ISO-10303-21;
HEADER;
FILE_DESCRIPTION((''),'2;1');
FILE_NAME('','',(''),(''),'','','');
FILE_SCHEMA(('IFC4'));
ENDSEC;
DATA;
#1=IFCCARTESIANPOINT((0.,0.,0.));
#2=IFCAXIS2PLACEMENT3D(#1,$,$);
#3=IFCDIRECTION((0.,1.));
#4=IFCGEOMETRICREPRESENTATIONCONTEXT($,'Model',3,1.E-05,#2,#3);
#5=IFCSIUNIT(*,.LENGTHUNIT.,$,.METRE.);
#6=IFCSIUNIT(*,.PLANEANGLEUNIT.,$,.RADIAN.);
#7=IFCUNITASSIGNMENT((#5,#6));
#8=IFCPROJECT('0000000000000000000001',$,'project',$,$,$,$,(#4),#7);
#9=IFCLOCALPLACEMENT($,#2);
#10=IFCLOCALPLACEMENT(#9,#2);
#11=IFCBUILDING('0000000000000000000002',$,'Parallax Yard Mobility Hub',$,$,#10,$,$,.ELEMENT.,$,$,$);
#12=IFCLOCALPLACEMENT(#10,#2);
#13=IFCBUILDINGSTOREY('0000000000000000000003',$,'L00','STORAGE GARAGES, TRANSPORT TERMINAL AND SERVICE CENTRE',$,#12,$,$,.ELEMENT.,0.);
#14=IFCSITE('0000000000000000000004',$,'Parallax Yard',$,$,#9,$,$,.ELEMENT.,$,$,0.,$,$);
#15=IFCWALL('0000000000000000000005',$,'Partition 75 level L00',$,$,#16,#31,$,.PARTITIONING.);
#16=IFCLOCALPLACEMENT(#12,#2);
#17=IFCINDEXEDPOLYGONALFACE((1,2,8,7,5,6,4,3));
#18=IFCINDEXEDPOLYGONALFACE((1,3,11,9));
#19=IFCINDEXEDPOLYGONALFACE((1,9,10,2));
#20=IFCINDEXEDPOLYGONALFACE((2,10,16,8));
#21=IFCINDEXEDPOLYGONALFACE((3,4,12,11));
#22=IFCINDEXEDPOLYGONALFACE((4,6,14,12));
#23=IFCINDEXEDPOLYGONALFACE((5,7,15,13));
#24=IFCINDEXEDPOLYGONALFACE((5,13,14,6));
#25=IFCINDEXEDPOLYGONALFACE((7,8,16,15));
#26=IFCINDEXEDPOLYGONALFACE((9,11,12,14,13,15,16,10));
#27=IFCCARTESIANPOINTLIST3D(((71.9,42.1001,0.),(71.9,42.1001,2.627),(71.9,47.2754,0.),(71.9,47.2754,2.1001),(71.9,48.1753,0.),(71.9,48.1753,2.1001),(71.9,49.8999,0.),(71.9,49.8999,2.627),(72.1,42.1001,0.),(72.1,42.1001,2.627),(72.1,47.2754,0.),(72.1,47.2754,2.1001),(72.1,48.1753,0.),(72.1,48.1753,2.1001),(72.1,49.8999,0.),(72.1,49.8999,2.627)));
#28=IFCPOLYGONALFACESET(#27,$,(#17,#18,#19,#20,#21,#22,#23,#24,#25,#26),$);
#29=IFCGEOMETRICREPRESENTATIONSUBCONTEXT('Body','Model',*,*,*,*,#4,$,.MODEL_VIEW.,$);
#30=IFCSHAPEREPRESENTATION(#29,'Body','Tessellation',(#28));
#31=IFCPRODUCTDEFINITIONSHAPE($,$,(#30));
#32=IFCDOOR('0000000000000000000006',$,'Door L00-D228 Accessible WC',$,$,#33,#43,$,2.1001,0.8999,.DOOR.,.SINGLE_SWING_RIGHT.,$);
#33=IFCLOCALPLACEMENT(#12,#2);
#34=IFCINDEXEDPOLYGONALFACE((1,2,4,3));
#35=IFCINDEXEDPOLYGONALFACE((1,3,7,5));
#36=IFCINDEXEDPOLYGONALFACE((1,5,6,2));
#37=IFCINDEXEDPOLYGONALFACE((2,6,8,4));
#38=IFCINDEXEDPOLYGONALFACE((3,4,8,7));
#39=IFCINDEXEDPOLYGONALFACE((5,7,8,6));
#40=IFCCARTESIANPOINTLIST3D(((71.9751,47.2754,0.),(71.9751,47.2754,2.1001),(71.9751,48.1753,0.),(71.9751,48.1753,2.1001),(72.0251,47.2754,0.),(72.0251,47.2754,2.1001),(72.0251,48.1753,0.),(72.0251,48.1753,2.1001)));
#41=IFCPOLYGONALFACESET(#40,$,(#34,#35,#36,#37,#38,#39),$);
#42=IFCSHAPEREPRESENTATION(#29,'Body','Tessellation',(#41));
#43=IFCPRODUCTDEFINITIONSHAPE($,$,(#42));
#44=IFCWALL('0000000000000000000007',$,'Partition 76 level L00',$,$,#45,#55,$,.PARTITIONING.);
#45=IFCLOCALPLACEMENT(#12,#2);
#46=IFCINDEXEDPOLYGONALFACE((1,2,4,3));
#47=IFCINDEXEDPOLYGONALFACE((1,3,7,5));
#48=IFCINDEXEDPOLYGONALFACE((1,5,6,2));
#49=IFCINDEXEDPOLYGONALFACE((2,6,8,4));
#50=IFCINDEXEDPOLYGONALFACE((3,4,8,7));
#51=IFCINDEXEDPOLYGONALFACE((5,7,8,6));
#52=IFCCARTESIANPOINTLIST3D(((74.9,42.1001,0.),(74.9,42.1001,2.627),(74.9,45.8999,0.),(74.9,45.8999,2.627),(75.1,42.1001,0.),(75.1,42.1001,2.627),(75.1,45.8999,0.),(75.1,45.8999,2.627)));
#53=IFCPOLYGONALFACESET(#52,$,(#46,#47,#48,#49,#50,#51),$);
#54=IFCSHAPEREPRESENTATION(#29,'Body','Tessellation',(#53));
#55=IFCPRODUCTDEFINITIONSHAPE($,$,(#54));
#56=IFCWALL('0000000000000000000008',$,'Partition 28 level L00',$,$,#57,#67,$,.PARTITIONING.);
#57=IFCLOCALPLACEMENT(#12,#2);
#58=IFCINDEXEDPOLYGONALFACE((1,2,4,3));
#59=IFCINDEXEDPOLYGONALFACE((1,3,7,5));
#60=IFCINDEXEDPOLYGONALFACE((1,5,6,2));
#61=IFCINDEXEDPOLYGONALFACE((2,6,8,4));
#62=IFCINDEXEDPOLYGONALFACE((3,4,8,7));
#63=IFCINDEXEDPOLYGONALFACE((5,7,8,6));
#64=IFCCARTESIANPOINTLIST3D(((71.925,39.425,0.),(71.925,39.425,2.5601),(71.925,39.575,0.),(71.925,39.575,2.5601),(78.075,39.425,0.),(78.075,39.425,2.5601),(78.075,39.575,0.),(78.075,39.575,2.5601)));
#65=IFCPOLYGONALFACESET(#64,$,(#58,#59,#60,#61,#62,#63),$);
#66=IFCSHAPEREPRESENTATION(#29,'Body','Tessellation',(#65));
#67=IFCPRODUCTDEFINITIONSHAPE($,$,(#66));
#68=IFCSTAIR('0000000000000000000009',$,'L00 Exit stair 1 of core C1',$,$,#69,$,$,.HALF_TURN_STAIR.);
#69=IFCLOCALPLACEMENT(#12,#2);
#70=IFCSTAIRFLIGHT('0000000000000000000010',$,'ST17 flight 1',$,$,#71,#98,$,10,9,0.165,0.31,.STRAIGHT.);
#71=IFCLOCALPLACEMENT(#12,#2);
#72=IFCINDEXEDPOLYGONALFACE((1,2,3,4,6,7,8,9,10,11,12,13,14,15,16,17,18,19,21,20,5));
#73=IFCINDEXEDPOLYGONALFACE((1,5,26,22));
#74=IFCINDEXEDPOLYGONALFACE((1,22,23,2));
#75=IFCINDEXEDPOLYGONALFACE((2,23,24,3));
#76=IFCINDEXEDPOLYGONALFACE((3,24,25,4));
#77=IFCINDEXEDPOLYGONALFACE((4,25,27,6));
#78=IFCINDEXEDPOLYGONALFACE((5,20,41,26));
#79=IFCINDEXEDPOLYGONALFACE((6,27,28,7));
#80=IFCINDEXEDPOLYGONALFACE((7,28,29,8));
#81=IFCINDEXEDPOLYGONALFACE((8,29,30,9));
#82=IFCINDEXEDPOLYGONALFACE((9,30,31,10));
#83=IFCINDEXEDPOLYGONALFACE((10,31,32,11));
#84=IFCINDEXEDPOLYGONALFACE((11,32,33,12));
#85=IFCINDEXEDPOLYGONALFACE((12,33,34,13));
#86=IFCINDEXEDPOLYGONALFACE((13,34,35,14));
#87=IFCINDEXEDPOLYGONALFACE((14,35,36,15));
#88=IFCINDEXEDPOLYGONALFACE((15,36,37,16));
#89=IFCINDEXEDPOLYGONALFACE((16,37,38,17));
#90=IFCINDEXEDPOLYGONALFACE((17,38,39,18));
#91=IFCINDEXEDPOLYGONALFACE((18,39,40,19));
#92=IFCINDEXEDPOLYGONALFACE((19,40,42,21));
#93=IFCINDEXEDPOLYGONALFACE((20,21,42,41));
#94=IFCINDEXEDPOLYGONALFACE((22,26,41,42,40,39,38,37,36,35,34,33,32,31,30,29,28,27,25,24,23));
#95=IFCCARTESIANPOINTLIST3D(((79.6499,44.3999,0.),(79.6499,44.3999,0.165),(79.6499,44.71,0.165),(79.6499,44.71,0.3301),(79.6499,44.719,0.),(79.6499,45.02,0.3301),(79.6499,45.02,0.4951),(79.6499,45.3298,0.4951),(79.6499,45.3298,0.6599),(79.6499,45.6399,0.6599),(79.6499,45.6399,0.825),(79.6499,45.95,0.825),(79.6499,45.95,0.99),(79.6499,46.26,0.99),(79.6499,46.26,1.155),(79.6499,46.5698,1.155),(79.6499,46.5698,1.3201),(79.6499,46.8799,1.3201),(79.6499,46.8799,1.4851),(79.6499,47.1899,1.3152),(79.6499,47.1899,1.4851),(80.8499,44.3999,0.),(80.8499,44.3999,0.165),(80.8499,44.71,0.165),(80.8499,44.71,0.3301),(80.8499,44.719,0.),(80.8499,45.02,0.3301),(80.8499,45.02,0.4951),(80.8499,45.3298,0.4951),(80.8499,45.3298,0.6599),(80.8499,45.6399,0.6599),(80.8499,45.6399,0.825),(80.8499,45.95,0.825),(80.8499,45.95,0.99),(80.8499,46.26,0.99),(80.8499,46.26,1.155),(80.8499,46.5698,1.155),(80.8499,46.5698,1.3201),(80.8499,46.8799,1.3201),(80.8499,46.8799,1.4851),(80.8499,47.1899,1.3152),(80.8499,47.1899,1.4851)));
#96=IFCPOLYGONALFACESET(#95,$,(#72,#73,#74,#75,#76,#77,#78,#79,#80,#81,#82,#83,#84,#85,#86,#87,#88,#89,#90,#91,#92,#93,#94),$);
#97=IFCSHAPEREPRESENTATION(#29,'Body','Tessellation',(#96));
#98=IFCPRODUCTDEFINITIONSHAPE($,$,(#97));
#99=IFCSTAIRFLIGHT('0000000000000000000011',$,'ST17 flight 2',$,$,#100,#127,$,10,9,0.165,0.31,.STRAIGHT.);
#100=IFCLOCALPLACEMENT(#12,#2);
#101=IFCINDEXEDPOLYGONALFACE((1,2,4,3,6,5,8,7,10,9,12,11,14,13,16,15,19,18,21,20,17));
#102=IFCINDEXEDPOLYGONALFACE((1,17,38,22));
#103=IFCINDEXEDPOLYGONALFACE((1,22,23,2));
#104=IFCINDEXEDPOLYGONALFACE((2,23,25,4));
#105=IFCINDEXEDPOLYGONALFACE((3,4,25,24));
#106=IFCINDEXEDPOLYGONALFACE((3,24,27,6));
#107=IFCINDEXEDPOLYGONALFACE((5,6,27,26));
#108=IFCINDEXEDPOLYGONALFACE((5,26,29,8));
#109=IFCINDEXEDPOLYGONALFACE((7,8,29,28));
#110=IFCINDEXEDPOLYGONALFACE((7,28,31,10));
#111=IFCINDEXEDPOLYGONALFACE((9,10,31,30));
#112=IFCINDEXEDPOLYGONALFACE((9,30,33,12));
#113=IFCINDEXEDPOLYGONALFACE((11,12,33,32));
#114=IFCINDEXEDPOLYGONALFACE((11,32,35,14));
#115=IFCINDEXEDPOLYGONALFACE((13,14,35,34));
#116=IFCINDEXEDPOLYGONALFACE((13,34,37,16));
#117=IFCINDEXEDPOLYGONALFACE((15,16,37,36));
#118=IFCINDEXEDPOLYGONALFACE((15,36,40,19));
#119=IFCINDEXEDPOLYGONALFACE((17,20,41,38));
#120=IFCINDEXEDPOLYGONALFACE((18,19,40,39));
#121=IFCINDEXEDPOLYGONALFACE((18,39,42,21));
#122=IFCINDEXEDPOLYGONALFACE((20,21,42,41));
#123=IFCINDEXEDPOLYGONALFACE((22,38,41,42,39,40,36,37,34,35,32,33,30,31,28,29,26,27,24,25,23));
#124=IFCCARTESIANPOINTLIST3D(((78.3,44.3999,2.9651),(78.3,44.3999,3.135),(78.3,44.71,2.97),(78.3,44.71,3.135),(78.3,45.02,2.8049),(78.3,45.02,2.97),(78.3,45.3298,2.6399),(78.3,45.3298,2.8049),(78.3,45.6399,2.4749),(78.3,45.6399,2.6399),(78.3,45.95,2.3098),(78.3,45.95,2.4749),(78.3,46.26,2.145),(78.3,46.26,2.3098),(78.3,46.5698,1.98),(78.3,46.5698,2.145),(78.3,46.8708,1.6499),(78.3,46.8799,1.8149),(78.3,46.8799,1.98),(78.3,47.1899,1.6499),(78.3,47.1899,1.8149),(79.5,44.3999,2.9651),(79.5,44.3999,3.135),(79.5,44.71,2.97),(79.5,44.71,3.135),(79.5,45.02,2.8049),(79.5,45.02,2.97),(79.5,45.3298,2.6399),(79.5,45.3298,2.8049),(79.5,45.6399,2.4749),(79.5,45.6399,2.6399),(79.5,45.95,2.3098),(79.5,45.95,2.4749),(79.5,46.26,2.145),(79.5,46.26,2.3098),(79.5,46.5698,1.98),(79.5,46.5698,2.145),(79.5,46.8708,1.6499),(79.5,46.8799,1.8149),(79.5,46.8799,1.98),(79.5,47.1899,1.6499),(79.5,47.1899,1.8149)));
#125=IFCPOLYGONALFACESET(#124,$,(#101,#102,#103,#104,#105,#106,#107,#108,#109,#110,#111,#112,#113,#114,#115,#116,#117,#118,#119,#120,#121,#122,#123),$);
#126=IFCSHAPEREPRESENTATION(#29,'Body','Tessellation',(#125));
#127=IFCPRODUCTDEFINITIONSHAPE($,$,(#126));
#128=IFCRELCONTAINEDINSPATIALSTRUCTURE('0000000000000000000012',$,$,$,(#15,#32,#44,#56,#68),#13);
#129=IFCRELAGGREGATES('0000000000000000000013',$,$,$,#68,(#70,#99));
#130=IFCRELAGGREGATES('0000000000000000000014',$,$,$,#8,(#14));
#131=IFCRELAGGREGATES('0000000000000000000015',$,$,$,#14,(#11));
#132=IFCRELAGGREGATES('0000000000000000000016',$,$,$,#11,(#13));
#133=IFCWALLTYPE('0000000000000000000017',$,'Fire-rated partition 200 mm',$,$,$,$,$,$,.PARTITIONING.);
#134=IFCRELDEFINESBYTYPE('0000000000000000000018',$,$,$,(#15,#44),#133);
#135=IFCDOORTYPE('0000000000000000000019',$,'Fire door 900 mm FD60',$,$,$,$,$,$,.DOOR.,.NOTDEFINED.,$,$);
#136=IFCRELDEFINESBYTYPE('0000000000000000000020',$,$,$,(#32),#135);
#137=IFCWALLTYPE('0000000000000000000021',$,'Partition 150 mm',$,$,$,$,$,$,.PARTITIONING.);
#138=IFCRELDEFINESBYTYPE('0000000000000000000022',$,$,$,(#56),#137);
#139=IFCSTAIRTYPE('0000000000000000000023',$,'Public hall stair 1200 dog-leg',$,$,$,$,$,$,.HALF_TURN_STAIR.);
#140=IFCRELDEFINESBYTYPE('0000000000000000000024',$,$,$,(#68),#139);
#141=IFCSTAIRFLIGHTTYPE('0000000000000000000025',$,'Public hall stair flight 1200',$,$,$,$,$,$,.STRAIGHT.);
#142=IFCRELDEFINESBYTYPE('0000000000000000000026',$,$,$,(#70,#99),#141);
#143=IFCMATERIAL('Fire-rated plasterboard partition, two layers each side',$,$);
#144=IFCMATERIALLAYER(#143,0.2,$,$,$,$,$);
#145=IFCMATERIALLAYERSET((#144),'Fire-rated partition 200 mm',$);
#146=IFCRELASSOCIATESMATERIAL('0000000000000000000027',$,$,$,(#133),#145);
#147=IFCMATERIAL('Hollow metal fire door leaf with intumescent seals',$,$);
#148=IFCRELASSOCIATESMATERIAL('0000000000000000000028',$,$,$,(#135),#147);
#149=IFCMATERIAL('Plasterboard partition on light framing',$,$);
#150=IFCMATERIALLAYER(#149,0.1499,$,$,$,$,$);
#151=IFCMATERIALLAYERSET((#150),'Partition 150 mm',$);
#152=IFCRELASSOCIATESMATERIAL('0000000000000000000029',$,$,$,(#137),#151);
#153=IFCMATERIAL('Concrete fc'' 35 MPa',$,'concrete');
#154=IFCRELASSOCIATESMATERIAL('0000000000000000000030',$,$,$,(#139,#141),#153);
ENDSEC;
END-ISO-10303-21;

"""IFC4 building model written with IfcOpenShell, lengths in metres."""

from ifc_helpers import new_model, si_unit, direction, frame, frame_2d, origin, place, context, subcontext, project, spatial, polyline, rectangle, outline, extrude, material, layer, layer_set, type_object, element, fill, aggregate, save


model = new_model("IFC4")

# Units and contexts
model_context = context("Model", 3, precision=1e-05, world=origin(), true_north=direction((0.0, 1.0)))
body_context = subcontext(model_context, "Body", "Model", "MODEL_VIEW")
ifc_project = project(units=[si_unit("LENGTHUNIT", "METRE"), si_unit("PLANEANGLEUNIT", "RADIAN")], contexts=[model_context])

# Site, building, storey
site_placement = place(None, origin())
site = spatial("IfcSite", under=ifc_project, at=site_placement, Name="Parallax Yard", CompositionType="ELEMENT", RefElevation=0.0)
building_placement = place(site_placement, origin())
building = spatial("IfcBuilding", under=site, at=building_placement, Name="Parallax Yard Mobility Hub", CompositionType="ELEMENT")
storey_placement = place(building_placement, origin())
storey = spatial("IfcBuildingStorey", under=building, at=storey_placement, Name="L00", Description="STORAGE GARAGES, TRANSPORT TERMINAL AND SERVICE CENTRE", CompositionType="ELEMENT", Elevation=0.0)

# Shared definitions
ifc_material_1 = material(Name="Concrete fc' 35 MPa", Category="concrete")

# Shared definitions
ifc_material_2 = material(Name="Fire-rated plasterboard partition, two layers each side")
ifc_layer_1 = layer(ifc_material_2, 0.2)
ifc_layer_set_1 = layer_set([ifc_layer_1], Name="Fire-rated partition 200 mm")
wall_type_1 = type_object("IfcWallType", Name="Fire-rated partition 200 mm", PredefinedType="PARTITIONING", material=ifc_layer_set_1)
ifc_material_3 = material(Name="Hollow metal fire door leaf with intumescent seals")
door_type_1 = type_object("IfcDoorType", Name="Fire door 900 mm FD60", OperationType="NOTDEFINED", PredefinedType="DOOR", material=ifc_material_3)

# Wall, opening, door
wall_1_placement = place(storey_placement, frame((72.0, 42.1001, 0.0), z_axis=(0.0, 0.0, 1.0), x_axis=(0.0, 1.0, 0.0)))
wall_1 = element("IfcWall", 1, at=wall_1_placement, inside=storey, type_object=wall_type_1, Name="Partition 75 level L00", PredefinedType="PARTITIONING", context=body_context, shape_type="SweptSolid", body=[
    extrude(rectangle(XDim=7.7998, YDim=0.2, at=frame_2d((3.8999, 0.0))), origin(), (0.0, 0.0, 1.0), 2.627),
])
opening_1_placement = place(wall_1_placement, frame((5.1753, 0.0, 0.0)))
opening_1 = element("IfcOpeningElement", 2, at=opening_1_placement, cuts=wall_1, PredefinedType="OPENING", context=body_context, shape_type="SweptSolid", body=[
    extrude(rectangle(XDim=0.8999, YDim=2.1001, at=frame_2d((0.45, 1.05))), frame((0.0, 0.1099, 0.0), z_axis=(0.0, -1.0, 0.0), x_axis=(1.0, 0.0, 0.0)), (0.0, 0.0, 1.0), 0.22),
])
door_1_placement = place(opening_1_placement, origin())
door_1 = element("IfcDoor", 3, at=door_1_placement, inside=storey, type_object=door_type_1, Name="Door L00-D228 Accessible WC", OperationType="SINGLE_SWING_RIGHT", OverallHeight=2.1001, OverallWidth=0.8999, PredefinedType="DOOR", context=body_context, shape_type="SweptSolid", body=[
    extrude(rectangle(XDim=0.8999, YDim=2.1001, at=frame_2d((0.45, 1.05))), frame((0.0, 0.0249, 0.0), z_axis=(0.0, -1.0, 0.0), x_axis=(1.0, 0.0, 0.0)), (0.0, 0.0, 1.0), 0.05),
])
fill(opening_1, door_1)

# Walls
wall_2_placement = place(storey_placement, frame((75.0, 42.1001, 0.0), z_axis=(0.0, 0.0, 1.0), x_axis=(0.0, 1.0, 0.0)))
element("IfcWall", 4, at=wall_2_placement, inside=storey, type_object=wall_type_1, Name="Partition 76 level L00", PredefinedType="PARTITIONING", context=body_context, shape_type="SweptSolid", body=[
    extrude(rectangle(XDim=3.7998, YDim=0.2, at=frame_2d((1.8999, 0.0))), origin(), (0.0, 0.0, 1.0), 2.627),
])
ifc_material_4 = material(Name="Plasterboard partition on light framing")
ifc_layer_2 = layer(ifc_material_4, 0.1499)
ifc_layer_set_2 = layer_set([ifc_layer_2], Name="Partition 150 mm")
wall_type_2 = type_object("IfcWallType", Name="Partition 150 mm", PredefinedType="PARTITIONING", material=ifc_layer_set_2)
wall_3_placement = place(storey_placement, frame((71.925, 39.5, 0.0), z_axis=(0.0, 0.0, 1.0), x_axis=(1.0, 0.0, 0.0)))
element("IfcWall", 5, at=wall_3_placement, inside=storey, type_object=wall_type_2, Name="Partition 28 level L00", PredefinedType="PARTITIONING", context=body_context, shape_type="SweptSolid", body=[
    extrude(rectangle(XDim=6.1499, YDim=0.1499, at=frame_2d((3.075, 0.0))), origin(), (0.0, 0.0, 1.0), 2.5601),
])

# Stair, stair flights
stair_type = type_object("IfcStairType", Name="Public hall stair 1200 dog-leg", PredefinedType="HALF_TURN_STAIR", material=ifc_material_1)
stair_placement = place(storey_placement, origin())
stair = element("IfcStair", 6, at=stair_placement, inside=storey, type_object=stair_type, Name="L00 Exit stair 1 of core C1", PredefinedType="HALF_TURN_STAIR")
stair_flight_type = type_object("IfcStairFlightType", Name="Public hall stair flight 1200", PredefinedType="STRAIGHT", material=ifc_material_1)
stair_flight_1_placement = place(storey_placement, frame((80.25, 44.3999, 0.0), z_axis=(0.0, 0.0, 1.0), x_axis=(0.0, 1.0, 0.0)))
stair_flight_1 = element("IfcStairFlight", 7, at=stair_flight_1_placement, type_object=stair_flight_type, Name="ST17 flight 1", NumberOfRisers=10, NumberOfTreads=9, PredefinedType="STRAIGHT", RiserHeight=0.165, TreadLength=0.31, context=body_context, shape_type="SweptSolid", body=[
    extrude(outline(polyline([(0.0, 0.0), (0.0, 0.165), (0.3101, 0.165), (0.3101, 0.3301), (0.6201, 0.3301), (0.6201, 0.4951), (0.9299, 0.4951), (0.9299, 0.6599), (1.24, 0.6599), (1.24, 0.825), (1.55, 0.825), (1.55, 0.99), (1.8601, 0.99), (1.8601, 1.155), (2.1699, 1.155), (2.1699, 1.3201), (2.48, 1.3201), (2.48, 1.4851), (2.79, 1.4851), (2.79, 1.6499), (2.79, 1.3152), (0.3191, 0.0), (0.0, 0.0)])), frame((0.0, 0.6001, 0.0), z_axis=(0.0, -1.0, 0.0), x_axis=(1.0, 0.0, 0.0)), (0.0, 0.0, 1.0), 1.2),
])
stair_flight_2_placement = place(storey_placement, frame((78.8999, 47.1899, 1.6499), z_axis=(0.0, 0.0, 1.0), x_axis=(0.0, -1.0, 0.0)))
stair_flight_2 = element("IfcStairFlight", 8, at=stair_flight_2_placement, type_object=stair_flight_type, Name="ST17 flight 2", NumberOfRisers=10, NumberOfTreads=9, PredefinedType="STRAIGHT", RiserHeight=0.165, TreadLength=0.31, context=body_context, shape_type="SweptSolid", body=[
    extrude(outline(polyline([(0.0, 0.0), (0.0, 0.165), (0.3101, 0.165), (0.3101, 0.3301), (0.6201, 0.3301), (0.6201, 0.4951), (0.9299, 0.4951), (0.9299, 0.6599), (1.24, 0.6599), (1.24, 0.825), (1.55, 0.825), (1.55, 0.99), (1.8601, 0.99), (1.8601, 1.155), (2.1699, 1.155), (2.1699, 1.3201), (2.48, 1.3201), (2.48, 1.4851), (2.79, 1.4851), (2.79, 1.6499), (2.79, 1.3152), (0.3191, 0.0), (0.0, 0.0)])), frame((0.0, 0.6001, 0.0), z_axis=(0.0, -1.0, 0.0), x_axis=(1.0, 0.0, 0.0)), (0.0, 0.0, 1.0), 1.2),
])
aggregate(stair, [stair_flight_1, stair_flight_2])

save(model, "model.ifc")
